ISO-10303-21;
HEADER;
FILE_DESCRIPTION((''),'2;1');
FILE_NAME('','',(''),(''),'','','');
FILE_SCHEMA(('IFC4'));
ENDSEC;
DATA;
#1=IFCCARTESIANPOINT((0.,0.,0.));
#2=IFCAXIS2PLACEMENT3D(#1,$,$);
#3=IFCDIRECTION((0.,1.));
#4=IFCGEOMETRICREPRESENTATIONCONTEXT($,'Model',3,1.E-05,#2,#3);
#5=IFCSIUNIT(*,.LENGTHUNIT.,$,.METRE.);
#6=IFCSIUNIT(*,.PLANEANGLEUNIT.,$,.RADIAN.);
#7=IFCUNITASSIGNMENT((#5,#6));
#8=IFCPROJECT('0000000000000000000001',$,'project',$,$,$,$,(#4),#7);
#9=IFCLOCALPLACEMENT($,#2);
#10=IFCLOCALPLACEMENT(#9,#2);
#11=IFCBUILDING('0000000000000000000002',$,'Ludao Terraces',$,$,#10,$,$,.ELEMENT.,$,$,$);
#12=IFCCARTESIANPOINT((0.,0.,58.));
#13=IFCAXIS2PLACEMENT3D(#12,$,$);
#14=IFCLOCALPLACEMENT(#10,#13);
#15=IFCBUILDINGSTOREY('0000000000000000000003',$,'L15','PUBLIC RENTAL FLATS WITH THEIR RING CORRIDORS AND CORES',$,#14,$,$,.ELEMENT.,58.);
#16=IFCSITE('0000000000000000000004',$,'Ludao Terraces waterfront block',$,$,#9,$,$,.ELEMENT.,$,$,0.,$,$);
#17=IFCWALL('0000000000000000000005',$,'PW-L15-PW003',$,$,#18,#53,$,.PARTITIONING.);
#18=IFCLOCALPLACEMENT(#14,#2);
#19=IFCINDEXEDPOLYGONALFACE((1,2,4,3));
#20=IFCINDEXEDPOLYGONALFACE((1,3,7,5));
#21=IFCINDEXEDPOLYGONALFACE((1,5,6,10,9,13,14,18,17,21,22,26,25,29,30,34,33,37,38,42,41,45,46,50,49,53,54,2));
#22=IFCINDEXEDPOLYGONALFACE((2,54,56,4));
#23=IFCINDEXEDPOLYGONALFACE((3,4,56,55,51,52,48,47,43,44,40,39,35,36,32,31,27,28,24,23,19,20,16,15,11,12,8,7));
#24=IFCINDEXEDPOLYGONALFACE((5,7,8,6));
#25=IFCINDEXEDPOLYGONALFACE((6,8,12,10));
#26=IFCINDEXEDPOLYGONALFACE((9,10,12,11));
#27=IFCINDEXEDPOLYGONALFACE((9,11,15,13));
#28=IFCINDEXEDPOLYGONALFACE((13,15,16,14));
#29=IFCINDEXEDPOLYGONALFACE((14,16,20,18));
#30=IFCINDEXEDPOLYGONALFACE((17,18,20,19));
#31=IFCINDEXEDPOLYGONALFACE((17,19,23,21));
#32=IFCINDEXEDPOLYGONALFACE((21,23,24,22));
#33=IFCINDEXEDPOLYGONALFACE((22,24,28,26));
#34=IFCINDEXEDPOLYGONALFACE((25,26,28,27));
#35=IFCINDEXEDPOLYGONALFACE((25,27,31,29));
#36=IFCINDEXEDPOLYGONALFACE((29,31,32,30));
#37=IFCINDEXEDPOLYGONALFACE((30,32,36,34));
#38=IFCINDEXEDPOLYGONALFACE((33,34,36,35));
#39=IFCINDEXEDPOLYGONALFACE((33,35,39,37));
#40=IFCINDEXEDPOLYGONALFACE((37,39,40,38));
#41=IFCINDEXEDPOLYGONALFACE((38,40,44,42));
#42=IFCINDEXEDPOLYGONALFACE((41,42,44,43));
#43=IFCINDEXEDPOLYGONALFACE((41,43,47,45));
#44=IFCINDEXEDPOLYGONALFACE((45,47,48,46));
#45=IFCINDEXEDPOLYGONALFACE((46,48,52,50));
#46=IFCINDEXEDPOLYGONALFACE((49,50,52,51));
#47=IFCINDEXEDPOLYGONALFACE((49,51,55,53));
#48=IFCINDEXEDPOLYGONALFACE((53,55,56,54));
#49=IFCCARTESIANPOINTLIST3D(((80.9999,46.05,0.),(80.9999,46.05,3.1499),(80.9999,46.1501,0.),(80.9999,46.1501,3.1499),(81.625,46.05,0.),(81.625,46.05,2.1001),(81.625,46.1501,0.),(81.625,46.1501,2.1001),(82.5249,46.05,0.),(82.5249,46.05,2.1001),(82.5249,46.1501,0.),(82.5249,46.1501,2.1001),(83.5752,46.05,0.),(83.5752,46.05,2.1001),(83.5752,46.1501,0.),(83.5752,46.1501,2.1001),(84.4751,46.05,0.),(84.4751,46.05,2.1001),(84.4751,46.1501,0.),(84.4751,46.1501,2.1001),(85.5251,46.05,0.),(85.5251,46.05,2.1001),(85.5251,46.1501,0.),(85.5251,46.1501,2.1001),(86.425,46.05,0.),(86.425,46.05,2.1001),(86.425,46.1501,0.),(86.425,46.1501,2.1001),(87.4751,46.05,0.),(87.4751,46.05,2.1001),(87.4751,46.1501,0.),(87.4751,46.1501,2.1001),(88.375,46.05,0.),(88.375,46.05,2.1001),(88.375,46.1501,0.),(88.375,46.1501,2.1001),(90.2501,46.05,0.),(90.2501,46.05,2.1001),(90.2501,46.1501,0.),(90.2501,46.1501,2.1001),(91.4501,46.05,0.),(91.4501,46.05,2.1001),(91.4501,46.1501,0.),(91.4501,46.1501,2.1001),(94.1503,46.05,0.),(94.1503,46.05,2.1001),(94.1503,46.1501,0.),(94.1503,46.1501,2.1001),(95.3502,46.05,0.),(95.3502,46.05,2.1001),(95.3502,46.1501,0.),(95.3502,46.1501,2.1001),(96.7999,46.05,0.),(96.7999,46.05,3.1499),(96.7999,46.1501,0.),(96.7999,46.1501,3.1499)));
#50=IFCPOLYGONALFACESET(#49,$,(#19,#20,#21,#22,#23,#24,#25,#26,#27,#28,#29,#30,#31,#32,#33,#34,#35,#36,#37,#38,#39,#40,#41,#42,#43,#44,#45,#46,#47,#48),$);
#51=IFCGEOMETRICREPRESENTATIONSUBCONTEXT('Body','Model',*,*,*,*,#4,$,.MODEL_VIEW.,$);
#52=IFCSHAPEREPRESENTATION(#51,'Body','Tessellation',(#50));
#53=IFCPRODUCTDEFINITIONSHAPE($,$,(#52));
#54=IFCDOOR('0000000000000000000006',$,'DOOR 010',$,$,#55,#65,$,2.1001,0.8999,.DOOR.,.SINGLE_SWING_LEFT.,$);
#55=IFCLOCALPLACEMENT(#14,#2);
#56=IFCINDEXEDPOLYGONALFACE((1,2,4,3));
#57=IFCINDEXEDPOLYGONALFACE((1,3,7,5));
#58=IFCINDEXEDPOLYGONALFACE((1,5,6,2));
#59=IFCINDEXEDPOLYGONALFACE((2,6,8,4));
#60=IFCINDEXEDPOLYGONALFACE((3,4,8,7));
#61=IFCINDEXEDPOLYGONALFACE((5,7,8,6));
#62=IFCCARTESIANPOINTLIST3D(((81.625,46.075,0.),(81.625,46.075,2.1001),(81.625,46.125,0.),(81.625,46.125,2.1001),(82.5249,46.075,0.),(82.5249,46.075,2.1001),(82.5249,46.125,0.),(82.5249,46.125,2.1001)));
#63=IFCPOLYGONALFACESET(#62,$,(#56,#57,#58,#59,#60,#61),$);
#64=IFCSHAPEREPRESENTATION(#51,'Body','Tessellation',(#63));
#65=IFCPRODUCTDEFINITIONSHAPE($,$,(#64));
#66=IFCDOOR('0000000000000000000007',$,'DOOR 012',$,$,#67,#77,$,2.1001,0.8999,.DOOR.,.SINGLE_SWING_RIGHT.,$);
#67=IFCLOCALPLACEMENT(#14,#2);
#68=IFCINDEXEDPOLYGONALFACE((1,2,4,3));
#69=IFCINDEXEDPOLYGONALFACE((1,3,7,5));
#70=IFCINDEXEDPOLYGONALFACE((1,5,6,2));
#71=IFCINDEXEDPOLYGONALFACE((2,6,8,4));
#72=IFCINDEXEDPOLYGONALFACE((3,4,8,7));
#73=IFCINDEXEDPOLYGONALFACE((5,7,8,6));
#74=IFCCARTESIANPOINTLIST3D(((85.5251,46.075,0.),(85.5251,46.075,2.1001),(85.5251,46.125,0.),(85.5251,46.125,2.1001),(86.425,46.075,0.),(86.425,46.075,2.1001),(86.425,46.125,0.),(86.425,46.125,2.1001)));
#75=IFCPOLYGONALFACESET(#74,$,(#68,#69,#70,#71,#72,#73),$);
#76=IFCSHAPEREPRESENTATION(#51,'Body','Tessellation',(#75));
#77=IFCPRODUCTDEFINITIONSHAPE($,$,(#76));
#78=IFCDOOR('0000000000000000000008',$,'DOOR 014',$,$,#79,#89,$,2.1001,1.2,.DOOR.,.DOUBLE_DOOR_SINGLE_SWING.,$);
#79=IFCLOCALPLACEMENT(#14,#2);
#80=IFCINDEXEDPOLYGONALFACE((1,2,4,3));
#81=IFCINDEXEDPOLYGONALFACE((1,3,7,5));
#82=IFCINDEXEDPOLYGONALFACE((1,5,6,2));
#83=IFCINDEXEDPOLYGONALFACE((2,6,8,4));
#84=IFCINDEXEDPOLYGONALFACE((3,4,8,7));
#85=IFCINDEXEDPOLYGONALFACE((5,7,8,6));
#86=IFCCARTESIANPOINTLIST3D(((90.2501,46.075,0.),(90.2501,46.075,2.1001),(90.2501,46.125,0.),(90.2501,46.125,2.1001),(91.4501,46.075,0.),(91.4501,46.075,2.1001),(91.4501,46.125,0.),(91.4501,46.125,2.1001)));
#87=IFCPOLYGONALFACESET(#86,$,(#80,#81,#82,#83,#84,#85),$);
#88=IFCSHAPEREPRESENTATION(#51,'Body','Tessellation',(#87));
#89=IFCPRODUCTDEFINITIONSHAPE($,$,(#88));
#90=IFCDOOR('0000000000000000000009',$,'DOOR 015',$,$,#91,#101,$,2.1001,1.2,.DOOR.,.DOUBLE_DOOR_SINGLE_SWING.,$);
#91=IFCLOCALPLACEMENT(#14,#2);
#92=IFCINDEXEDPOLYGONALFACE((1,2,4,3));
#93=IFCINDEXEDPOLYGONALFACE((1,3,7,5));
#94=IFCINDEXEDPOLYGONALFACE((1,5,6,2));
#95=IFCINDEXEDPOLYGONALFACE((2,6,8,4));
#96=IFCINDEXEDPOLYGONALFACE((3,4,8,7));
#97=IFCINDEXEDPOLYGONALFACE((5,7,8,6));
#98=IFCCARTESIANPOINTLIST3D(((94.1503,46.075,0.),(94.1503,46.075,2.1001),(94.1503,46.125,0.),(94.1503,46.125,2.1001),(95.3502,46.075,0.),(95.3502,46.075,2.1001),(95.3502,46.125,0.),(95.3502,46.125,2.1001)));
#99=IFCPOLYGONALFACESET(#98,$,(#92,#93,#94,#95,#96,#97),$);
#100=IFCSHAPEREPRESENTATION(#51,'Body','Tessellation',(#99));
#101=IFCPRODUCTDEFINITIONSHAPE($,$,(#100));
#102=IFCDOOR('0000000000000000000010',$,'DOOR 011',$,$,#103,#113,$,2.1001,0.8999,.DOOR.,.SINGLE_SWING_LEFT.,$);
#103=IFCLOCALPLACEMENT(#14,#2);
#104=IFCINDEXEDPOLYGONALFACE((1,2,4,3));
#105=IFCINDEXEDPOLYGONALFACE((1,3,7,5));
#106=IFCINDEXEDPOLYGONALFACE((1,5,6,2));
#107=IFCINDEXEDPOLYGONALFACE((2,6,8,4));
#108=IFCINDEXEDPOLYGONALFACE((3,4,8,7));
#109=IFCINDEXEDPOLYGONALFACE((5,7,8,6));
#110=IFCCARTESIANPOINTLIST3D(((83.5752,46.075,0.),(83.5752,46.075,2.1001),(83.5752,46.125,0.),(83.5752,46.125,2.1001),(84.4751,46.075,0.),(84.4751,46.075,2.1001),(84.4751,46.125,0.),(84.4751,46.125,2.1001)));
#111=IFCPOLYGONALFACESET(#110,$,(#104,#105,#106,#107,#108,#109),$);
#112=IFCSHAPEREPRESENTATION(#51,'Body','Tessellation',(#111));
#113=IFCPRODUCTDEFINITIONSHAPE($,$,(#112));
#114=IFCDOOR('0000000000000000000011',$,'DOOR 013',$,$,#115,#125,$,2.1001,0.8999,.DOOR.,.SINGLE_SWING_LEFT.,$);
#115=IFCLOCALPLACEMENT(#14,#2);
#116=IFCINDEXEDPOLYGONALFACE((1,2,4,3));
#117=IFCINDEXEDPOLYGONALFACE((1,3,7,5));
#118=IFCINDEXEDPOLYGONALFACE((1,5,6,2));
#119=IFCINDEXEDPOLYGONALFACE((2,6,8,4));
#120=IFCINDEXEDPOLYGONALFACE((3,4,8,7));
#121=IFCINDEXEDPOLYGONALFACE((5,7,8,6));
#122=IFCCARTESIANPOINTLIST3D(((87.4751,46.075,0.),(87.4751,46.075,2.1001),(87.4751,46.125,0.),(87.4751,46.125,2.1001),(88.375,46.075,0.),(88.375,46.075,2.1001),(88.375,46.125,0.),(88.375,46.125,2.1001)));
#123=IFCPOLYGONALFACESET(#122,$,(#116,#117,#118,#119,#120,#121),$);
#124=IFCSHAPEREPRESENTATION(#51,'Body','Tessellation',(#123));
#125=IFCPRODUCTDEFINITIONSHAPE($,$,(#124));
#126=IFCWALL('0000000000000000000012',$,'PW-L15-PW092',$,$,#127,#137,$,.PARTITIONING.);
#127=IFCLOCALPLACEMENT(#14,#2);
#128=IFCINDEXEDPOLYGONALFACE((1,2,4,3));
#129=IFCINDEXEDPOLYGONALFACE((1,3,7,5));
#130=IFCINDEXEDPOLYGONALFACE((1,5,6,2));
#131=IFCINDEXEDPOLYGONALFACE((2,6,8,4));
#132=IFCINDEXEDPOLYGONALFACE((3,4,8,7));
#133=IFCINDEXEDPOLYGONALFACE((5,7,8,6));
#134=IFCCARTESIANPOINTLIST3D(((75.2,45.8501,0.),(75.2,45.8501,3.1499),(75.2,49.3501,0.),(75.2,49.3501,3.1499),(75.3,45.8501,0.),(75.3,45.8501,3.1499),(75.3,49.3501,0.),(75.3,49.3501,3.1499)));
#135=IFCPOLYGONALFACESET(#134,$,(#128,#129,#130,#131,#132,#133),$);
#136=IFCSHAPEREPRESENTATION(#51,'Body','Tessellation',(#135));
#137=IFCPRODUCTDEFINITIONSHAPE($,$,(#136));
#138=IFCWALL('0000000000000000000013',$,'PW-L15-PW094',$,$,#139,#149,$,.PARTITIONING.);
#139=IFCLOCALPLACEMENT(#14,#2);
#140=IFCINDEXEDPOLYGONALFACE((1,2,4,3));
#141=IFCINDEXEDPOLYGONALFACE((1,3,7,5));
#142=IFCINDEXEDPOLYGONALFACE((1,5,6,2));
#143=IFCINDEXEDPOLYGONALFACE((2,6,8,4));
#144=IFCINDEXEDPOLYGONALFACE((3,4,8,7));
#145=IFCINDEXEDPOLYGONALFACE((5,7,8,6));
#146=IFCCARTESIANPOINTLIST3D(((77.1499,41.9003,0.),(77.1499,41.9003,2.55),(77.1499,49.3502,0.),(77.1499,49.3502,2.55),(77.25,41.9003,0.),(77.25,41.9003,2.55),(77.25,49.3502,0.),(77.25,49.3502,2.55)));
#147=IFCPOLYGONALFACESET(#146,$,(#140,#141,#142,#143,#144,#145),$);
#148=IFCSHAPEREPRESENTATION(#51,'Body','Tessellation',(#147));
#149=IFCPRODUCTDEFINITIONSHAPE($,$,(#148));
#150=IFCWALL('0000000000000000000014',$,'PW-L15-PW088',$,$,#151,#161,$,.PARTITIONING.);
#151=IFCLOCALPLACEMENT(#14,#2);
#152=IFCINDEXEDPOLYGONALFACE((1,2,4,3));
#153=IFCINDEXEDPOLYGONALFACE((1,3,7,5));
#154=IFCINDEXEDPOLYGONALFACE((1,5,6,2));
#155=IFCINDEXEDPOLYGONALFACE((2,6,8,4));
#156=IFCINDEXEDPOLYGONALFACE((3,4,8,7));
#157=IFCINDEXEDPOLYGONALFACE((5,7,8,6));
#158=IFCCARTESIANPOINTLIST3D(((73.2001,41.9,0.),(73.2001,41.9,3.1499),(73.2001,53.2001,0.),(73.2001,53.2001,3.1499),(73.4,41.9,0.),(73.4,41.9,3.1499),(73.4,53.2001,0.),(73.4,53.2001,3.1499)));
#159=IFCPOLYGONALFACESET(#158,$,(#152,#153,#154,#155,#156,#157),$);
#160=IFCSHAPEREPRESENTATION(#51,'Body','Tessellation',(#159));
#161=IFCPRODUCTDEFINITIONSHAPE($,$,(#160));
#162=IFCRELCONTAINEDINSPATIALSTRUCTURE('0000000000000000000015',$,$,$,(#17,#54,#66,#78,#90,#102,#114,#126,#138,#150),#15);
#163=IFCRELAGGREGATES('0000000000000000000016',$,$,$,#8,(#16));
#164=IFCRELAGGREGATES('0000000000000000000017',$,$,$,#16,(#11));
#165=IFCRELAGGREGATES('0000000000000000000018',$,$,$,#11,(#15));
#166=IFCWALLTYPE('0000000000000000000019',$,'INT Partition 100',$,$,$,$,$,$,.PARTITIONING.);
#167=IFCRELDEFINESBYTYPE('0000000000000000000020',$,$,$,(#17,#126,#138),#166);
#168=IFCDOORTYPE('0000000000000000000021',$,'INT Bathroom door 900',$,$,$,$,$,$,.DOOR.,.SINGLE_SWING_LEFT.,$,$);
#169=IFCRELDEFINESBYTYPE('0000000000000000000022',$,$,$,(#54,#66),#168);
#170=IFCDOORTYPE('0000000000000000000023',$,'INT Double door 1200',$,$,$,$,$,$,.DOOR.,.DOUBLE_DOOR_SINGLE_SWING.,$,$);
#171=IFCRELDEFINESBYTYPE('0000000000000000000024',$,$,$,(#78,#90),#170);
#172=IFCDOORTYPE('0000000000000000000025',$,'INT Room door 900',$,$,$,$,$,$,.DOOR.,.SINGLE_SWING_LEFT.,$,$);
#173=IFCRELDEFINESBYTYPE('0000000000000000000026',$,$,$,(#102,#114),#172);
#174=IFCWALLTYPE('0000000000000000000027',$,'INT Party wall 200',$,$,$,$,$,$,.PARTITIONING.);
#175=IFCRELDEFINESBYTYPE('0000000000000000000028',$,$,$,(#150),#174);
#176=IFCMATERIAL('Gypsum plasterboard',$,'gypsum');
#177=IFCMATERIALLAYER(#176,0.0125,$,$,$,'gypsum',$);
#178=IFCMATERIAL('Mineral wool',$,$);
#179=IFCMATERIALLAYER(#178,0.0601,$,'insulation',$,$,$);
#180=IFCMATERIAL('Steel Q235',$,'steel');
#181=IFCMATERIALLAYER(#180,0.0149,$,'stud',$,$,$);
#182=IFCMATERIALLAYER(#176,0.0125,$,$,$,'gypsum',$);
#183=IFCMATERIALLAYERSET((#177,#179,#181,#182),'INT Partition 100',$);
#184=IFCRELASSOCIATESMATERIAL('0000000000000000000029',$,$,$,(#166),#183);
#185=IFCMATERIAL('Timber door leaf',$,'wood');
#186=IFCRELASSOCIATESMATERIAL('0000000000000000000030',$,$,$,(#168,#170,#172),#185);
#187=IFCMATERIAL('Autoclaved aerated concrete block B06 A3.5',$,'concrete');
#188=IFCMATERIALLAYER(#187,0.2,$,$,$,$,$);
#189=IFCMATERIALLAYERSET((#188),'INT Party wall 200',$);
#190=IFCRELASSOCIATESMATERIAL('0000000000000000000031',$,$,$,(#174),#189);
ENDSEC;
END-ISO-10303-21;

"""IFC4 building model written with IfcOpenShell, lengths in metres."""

from ifc_helpers import new_model, si_unit, direction, frame, frame_2d, origin, place, context, subcontext, project, spatial, rectangle, extrude, material, layer, layer_set, type_object, element, fill, save


model = new_model("IFC4")

# Units and contexts
model_context = context("Model", 3, precision=1e-05, world=origin(), true_north=direction((0.0, 1.0)))
body_context = subcontext(model_context, "Body", "Model", "MODEL_VIEW")
ifc_project = project(units=[si_unit("LENGTHUNIT", "METRE"), si_unit("PLANEANGLEUNIT", "RADIAN")], contexts=[model_context])

# Site, building, storey
site_placement = place(None, origin())
site = spatial("IfcSite", under=ifc_project, at=site_placement, Name="Ludao Terraces waterfront block", CompositionType="ELEMENT", RefElevation=0.0)
building_placement = place(site_placement, origin())
building = spatial("IfcBuilding", under=site, at=building_placement, Name="Ludao Terraces", CompositionType="ELEMENT")
storey_placement = place(building_placement, frame((0.0, 0.0, 58.0)))
storey = spatial("IfcBuildingStorey", under=building, at=storey_placement, Name="L15", Description="PUBLIC RENTAL FLATS WITH THEIR RING CORRIDORS AND CORES", CompositionType="ELEMENT", Elevation=58.0)

# Shared definitions
ifc_material_1 = material(Name="Mineral wool")

# Wall, openings, doors
ifc_material_2 = material(Name="Gypsum plasterboard", Category="gypsum")
ifc_layer_1 = layer(ifc_material_2, 0.0125, Category="gypsum")
ifc_layer_2 = layer(ifc_material_1, 0.0601, Name="insulation")
ifc_material_3 = material(Name="Steel Q235", Category="steel")
ifc_layer_3 = layer(ifc_material_3, 0.0149, Name="stud")
ifc_layer_4 = layer(ifc_material_2, 0.0125, Category="gypsum")
ifc_layer_set_1 = layer_set([ifc_layer_1, ifc_layer_2, ifc_layer_3, ifc_layer_4], Name="INT Partition 100")
wall_type_1 = type_object("IfcWallType", Name="INT Partition 100", PredefinedType="PARTITIONING", material=ifc_layer_set_1)
wall_1_placement = place(storey_placement, frame((81.0, 46.1001, 0.0), z_axis=(0.0, 0.0, 1.0), x_axis=(1.0, 0.0, 0.0)))
wall_1 = element("IfcWall", 1, at=wall_1_placement, inside=storey, type_object=wall_type_1, Name="PW-L15-PW003", PredefinedType="PARTITIONING", context=body_context, shape_type="SweptSolid", body=[
    extrude(rectangle(XDim=15.8, YDim=0.1001, at=frame_2d((7.8999, 0.0))), origin(), (0.0, 0.0, 1.0), 3.1499),
])
opening_1_placement = place(wall_1_placement, frame((0.625, 0.0, 0.0)))
opening_1 = element("IfcOpeningElement", 2, at=opening_1_placement, cuts=wall_1, PredefinedType="OPENING", context=body_context, shape_type="SweptSolid", body=[
    extrude(rectangle(XDim=0.8999, YDim=2.1001, at=frame_2d((0.45, 1.05))), frame((0.0, 0.0601, 0.0), z_axis=(0.0, -1.0, 0.0), x_axis=(1.0, 0.0, 0.0)), (0.0, 0.0, 1.0), 0.1201),
])
opening_2_placement = place(wall_1_placement, frame((2.5752, 0.0, 0.0)))
opening_2 = element("IfcOpeningElement", 3, at=opening_2_placement, cuts=wall_1, PredefinedType="OPENING", context=body_context, shape_type="SweptSolid", body=[
    extrude(rectangle(XDim=0.8999, YDim=2.1001, at=frame_2d((0.45, 1.05))), frame((0.0, 0.0601, 0.0), z_axis=(0.0, -1.0, 0.0), x_axis=(1.0, 0.0, 0.0)), (0.0, 0.0, 1.0), 0.1201),
])
opening_3_placement = place(wall_1_placement, frame((4.5251, 0.0, 0.0)))
opening_3 = element("IfcOpeningElement", 4, at=opening_3_placement, cuts=wall_1, PredefinedType="OPENING", context=body_context, shape_type="SweptSolid", body=[
    extrude(rectangle(XDim=0.8999, YDim=2.1001, at=frame_2d((0.45, 1.05))), frame((0.0, 0.0601, 0.0), z_axis=(0.0, -1.0, 0.0), x_axis=(1.0, 0.0, 0.0)), (0.0, 0.0, 1.0), 0.1201),
])
opening_4_placement = place(wall_1_placement, frame((6.4751, 0.0, 0.0)))
opening_4 = element("IfcOpeningElement", 5, at=opening_4_placement, cuts=wall_1, PredefinedType="OPENING", context=body_context, shape_type="SweptSolid", body=[
    extrude(rectangle(XDim=0.8999, YDim=2.1001, at=frame_2d((0.45, 1.05))), frame((0.0, 0.0601, 0.0), z_axis=(0.0, -1.0, 0.0), x_axis=(1.0, 0.0, 0.0)), (0.0, 0.0, 1.0), 0.1201),
])
opening_5_placement = place(wall_1_placement, frame((9.25, 0.0, 0.0)))
opening_5 = element("IfcOpeningElement", 6, at=opening_5_placement, cuts=wall_1, PredefinedType="OPENING", context=body_context, shape_type="SweptSolid", body=[
    extrude(rectangle(XDim=1.2, YDim=2.1001, at=frame_2d((0.6001, 1.05))), frame((0.0, 0.0601, 0.0), z_axis=(0.0, -1.0, 0.0), x_axis=(1.0, 0.0, 0.0)), (0.0, 0.0, 1.0), 0.1201),
])
opening_6_placement = place(wall_1_placement, frame((13.1501, 0.0, 0.0)))
opening_6 = element("IfcOpeningElement", 7, at=opening_6_placement, cuts=wall_1, PredefinedType="OPENING", context=body_context, shape_type="SweptSolid", body=[
    extrude(rectangle(XDim=1.2, YDim=2.1001, at=frame_2d((0.6001, 1.05))), frame((0.0, 0.0601, 0.0), z_axis=(0.0, -1.0, 0.0), x_axis=(1.0, 0.0, 0.0)), (0.0, 0.0, 1.0), 0.1201),
])
ifc_material_4 = material(Name="Timber door leaf", Category="wood")
door_type_1 = type_object("IfcDoorType", Name="INT Bathroom door 900", OperationType="SINGLE_SWING_LEFT", PredefinedType="DOOR", material=ifc_material_4)
door_1_placement = place(opening_1_placement, origin())
door_1 = element("IfcDoor", 8, at=door_1_placement, inside=storey, type_object=door_type_1, Name="DOOR 010", OperationType="SINGLE_SWING_LEFT", OverallHeight=2.1001, OverallWidth=0.8999, PredefinedType="DOOR", context=body_context, shape_type="SweptSolid", body=[
    extrude(rectangle(XDim=0.8999, YDim=2.1001, at=frame_2d((0.45, 1.05))), frame((0.0, 0.0249, 0.0), z_axis=(0.0, -1.0, 0.0), x_axis=(1.0, 0.0, 0.0)), (0.0, 0.0, 1.0), 0.05),
])
fill(opening_1, door_1)
door_2_placement = place(opening_3_placement, origin())
door_2 = element("IfcDoor", 9, at=door_2_placement, inside=storey, type_object=door_type_1, Name="DOOR 012", OperationType="SINGLE_SWING_RIGHT", OverallHeight=2.1001, OverallWidth=0.8999, PredefinedType="DOOR", context=body_context, shape_type="SweptSolid", body=[
    extrude(rectangle(XDim=0.8999, YDim=2.1001, at=frame_2d((0.45, 1.05))), frame((0.0, 0.0249, 0.0), z_axis=(0.0, -1.0, 0.0), x_axis=(1.0, 0.0, 0.0)), (0.0, 0.0, 1.0), 0.05),
])
fill(opening_3, door_2)
door_type_2 = type_object("IfcDoorType", Name="INT Double door 1200", OperationType="DOUBLE_DOOR_SINGLE_SWING", PredefinedType="DOOR", material=ifc_material_4)
door_3_placement = place(opening_5_placement, origin())
door_3 = element("IfcDoor", 10, at=door_3_placement, inside=storey, type_object=door_type_2, Name="DOOR 014", OperationType="DOUBLE_DOOR_SINGLE_SWING", OverallHeight=2.1001, OverallWidth=1.2, PredefinedType="DOOR", context=body_context, shape_type="SweptSolid", body=[
    extrude(rectangle(XDim=1.2, YDim=2.1001, at=frame_2d((0.6001, 1.05))), frame((0.0, 0.0249, 0.0), z_axis=(0.0, -1.0, 0.0), x_axis=(1.0, 0.0, 0.0)), (0.0, 0.0, 1.0), 0.05),
])
fill(opening_5, door_3)
door_4_placement = place(opening_6_placement, origin())
door_4 = element("IfcDoor", 11, at=door_4_placement, inside=storey, type_object=door_type_2, Name="DOOR 015", OperationType="DOUBLE_DOOR_SINGLE_SWING", OverallHeight=2.1001, OverallWidth=1.2, PredefinedType="DOOR", context=body_context, shape_type="SweptSolid", body=[
    extrude(rectangle(XDim=1.2, YDim=2.1001, at=frame_2d((0.6001, 1.05))), frame((0.0, 0.0249, 0.0), z_axis=(0.0, -1.0, 0.0), x_axis=(1.0, 0.0, 0.0)), (0.0, 0.0, 1.0), 0.05),
])
fill(opening_6, door_4)
door_type_3 = type_object("IfcDoorType", Name="INT Room door 900", OperationType="SINGLE_SWING_LEFT", PredefinedType="DOOR", material=ifc_material_4)
door_5_placement = place(opening_2_placement, origin())
door_5 = element("IfcDoor", 12, at=door_5_placement, inside=storey, type_object=door_type_3, Name="DOOR 011", OperationType="SINGLE_SWING_LEFT", OverallHeight=2.1001, OverallWidth=0.8999, PredefinedType="DOOR", context=body_context, shape_type="SweptSolid", body=[
    extrude(rectangle(XDim=0.8999, YDim=2.1001, at=frame_2d((0.45, 1.05))), frame((0.0, 0.0249, 0.0), z_axis=(0.0, -1.0, 0.0), x_axis=(1.0, 0.0, 0.0)), (0.0, 0.0, 1.0), 0.05),
])
fill(opening_2, door_5)
door_6_placement = place(opening_4_placement, origin())
door_6 = element("IfcDoor", 13, at=door_6_placement, inside=storey, type_object=door_type_3, Name="DOOR 013", OperationType="SINGLE_SWING_LEFT", OverallHeight=2.1001, OverallWidth=0.8999, PredefinedType="DOOR", context=body_context, shape_type="SweptSolid", body=[
    extrude(rectangle(XDim=0.8999, YDim=2.1001, at=frame_2d((0.45, 1.05))), frame((0.0, 0.0249, 0.0), z_axis=(0.0, -1.0, 0.0), x_axis=(1.0, 0.0, 0.0)), (0.0, 0.0, 1.0), 0.05),
])
fill(opening_4, door_6)

# Walls
wall_2_placement = place(storey_placement, frame((75.25, 45.8501, 0.0), z_axis=(0.0, 0.0, 1.0), x_axis=(0.0, 1.0, 0.0)))
element("IfcWall", 14, at=wall_2_placement, inside=storey, type_object=wall_type_1, Name="PW-L15-PW092", PredefinedType="PARTITIONING", context=body_context, shape_type="SweptSolid", body=[
    extrude(rectangle(XDim=3.5, YDim=0.1001, at=frame_2d((1.75, 0.0))), origin(), (0.0, 0.0, 1.0), 3.1499),
])
wall_3_placement = place(storey_placement, frame((77.2, 41.9001, 0.0), z_axis=(0.0, 0.0, 1.0), x_axis=(0.0, 1.0, 0.0)))
element("IfcWall", 15, at=wall_3_placement, inside=storey, type_object=wall_type_1, Name="PW-L15-PW094", PredefinedType="PARTITIONING", context=body_context, shape_type="SweptSolid", body=[
    extrude(rectangle(XDim=7.45, YDim=0.1001, at=frame_2d((3.7251, 0.0))), origin(), (0.0, 0.0, 1.0), 2.55),
])
ifc_material_5 = material(Name="Autoclaved aerated concrete block B06 A3.5", Category="concrete")
ifc_layer_5 = layer(ifc_material_5, 0.2)
ifc_layer_set_2 = layer_set([ifc_layer_5], Name="INT Party wall 200")
wall_type_2 = type_object("IfcWallType", Name="INT Party wall 200", PredefinedType="PARTITIONING", material=ifc_layer_set_2)
for number, where, z_axis, x_axis, name in (
    (16, (73.3, 41.9001, 0.0), (0.0, 0.0, 1.0), (0.0, 1.0, 0.0), "PW-L15-PW088"),
):
    element("IfcWall", number, at=place(storey_placement, frame(where, z_axis=z_axis, x_axis=x_axis)), inside=storey, type_object=wall_type_2, Name=name, PredefinedType="PARTITIONING", context=body_context, shape_type="SweptSolid", body=[
        extrude(rectangle(XDim=11.3, YDim=0.2, at=frame_2d((5.6499, 0.0))), origin(), (0.0, 0.0, 1.0), 3.1499),
    ])

save(model, "model.ifc")
